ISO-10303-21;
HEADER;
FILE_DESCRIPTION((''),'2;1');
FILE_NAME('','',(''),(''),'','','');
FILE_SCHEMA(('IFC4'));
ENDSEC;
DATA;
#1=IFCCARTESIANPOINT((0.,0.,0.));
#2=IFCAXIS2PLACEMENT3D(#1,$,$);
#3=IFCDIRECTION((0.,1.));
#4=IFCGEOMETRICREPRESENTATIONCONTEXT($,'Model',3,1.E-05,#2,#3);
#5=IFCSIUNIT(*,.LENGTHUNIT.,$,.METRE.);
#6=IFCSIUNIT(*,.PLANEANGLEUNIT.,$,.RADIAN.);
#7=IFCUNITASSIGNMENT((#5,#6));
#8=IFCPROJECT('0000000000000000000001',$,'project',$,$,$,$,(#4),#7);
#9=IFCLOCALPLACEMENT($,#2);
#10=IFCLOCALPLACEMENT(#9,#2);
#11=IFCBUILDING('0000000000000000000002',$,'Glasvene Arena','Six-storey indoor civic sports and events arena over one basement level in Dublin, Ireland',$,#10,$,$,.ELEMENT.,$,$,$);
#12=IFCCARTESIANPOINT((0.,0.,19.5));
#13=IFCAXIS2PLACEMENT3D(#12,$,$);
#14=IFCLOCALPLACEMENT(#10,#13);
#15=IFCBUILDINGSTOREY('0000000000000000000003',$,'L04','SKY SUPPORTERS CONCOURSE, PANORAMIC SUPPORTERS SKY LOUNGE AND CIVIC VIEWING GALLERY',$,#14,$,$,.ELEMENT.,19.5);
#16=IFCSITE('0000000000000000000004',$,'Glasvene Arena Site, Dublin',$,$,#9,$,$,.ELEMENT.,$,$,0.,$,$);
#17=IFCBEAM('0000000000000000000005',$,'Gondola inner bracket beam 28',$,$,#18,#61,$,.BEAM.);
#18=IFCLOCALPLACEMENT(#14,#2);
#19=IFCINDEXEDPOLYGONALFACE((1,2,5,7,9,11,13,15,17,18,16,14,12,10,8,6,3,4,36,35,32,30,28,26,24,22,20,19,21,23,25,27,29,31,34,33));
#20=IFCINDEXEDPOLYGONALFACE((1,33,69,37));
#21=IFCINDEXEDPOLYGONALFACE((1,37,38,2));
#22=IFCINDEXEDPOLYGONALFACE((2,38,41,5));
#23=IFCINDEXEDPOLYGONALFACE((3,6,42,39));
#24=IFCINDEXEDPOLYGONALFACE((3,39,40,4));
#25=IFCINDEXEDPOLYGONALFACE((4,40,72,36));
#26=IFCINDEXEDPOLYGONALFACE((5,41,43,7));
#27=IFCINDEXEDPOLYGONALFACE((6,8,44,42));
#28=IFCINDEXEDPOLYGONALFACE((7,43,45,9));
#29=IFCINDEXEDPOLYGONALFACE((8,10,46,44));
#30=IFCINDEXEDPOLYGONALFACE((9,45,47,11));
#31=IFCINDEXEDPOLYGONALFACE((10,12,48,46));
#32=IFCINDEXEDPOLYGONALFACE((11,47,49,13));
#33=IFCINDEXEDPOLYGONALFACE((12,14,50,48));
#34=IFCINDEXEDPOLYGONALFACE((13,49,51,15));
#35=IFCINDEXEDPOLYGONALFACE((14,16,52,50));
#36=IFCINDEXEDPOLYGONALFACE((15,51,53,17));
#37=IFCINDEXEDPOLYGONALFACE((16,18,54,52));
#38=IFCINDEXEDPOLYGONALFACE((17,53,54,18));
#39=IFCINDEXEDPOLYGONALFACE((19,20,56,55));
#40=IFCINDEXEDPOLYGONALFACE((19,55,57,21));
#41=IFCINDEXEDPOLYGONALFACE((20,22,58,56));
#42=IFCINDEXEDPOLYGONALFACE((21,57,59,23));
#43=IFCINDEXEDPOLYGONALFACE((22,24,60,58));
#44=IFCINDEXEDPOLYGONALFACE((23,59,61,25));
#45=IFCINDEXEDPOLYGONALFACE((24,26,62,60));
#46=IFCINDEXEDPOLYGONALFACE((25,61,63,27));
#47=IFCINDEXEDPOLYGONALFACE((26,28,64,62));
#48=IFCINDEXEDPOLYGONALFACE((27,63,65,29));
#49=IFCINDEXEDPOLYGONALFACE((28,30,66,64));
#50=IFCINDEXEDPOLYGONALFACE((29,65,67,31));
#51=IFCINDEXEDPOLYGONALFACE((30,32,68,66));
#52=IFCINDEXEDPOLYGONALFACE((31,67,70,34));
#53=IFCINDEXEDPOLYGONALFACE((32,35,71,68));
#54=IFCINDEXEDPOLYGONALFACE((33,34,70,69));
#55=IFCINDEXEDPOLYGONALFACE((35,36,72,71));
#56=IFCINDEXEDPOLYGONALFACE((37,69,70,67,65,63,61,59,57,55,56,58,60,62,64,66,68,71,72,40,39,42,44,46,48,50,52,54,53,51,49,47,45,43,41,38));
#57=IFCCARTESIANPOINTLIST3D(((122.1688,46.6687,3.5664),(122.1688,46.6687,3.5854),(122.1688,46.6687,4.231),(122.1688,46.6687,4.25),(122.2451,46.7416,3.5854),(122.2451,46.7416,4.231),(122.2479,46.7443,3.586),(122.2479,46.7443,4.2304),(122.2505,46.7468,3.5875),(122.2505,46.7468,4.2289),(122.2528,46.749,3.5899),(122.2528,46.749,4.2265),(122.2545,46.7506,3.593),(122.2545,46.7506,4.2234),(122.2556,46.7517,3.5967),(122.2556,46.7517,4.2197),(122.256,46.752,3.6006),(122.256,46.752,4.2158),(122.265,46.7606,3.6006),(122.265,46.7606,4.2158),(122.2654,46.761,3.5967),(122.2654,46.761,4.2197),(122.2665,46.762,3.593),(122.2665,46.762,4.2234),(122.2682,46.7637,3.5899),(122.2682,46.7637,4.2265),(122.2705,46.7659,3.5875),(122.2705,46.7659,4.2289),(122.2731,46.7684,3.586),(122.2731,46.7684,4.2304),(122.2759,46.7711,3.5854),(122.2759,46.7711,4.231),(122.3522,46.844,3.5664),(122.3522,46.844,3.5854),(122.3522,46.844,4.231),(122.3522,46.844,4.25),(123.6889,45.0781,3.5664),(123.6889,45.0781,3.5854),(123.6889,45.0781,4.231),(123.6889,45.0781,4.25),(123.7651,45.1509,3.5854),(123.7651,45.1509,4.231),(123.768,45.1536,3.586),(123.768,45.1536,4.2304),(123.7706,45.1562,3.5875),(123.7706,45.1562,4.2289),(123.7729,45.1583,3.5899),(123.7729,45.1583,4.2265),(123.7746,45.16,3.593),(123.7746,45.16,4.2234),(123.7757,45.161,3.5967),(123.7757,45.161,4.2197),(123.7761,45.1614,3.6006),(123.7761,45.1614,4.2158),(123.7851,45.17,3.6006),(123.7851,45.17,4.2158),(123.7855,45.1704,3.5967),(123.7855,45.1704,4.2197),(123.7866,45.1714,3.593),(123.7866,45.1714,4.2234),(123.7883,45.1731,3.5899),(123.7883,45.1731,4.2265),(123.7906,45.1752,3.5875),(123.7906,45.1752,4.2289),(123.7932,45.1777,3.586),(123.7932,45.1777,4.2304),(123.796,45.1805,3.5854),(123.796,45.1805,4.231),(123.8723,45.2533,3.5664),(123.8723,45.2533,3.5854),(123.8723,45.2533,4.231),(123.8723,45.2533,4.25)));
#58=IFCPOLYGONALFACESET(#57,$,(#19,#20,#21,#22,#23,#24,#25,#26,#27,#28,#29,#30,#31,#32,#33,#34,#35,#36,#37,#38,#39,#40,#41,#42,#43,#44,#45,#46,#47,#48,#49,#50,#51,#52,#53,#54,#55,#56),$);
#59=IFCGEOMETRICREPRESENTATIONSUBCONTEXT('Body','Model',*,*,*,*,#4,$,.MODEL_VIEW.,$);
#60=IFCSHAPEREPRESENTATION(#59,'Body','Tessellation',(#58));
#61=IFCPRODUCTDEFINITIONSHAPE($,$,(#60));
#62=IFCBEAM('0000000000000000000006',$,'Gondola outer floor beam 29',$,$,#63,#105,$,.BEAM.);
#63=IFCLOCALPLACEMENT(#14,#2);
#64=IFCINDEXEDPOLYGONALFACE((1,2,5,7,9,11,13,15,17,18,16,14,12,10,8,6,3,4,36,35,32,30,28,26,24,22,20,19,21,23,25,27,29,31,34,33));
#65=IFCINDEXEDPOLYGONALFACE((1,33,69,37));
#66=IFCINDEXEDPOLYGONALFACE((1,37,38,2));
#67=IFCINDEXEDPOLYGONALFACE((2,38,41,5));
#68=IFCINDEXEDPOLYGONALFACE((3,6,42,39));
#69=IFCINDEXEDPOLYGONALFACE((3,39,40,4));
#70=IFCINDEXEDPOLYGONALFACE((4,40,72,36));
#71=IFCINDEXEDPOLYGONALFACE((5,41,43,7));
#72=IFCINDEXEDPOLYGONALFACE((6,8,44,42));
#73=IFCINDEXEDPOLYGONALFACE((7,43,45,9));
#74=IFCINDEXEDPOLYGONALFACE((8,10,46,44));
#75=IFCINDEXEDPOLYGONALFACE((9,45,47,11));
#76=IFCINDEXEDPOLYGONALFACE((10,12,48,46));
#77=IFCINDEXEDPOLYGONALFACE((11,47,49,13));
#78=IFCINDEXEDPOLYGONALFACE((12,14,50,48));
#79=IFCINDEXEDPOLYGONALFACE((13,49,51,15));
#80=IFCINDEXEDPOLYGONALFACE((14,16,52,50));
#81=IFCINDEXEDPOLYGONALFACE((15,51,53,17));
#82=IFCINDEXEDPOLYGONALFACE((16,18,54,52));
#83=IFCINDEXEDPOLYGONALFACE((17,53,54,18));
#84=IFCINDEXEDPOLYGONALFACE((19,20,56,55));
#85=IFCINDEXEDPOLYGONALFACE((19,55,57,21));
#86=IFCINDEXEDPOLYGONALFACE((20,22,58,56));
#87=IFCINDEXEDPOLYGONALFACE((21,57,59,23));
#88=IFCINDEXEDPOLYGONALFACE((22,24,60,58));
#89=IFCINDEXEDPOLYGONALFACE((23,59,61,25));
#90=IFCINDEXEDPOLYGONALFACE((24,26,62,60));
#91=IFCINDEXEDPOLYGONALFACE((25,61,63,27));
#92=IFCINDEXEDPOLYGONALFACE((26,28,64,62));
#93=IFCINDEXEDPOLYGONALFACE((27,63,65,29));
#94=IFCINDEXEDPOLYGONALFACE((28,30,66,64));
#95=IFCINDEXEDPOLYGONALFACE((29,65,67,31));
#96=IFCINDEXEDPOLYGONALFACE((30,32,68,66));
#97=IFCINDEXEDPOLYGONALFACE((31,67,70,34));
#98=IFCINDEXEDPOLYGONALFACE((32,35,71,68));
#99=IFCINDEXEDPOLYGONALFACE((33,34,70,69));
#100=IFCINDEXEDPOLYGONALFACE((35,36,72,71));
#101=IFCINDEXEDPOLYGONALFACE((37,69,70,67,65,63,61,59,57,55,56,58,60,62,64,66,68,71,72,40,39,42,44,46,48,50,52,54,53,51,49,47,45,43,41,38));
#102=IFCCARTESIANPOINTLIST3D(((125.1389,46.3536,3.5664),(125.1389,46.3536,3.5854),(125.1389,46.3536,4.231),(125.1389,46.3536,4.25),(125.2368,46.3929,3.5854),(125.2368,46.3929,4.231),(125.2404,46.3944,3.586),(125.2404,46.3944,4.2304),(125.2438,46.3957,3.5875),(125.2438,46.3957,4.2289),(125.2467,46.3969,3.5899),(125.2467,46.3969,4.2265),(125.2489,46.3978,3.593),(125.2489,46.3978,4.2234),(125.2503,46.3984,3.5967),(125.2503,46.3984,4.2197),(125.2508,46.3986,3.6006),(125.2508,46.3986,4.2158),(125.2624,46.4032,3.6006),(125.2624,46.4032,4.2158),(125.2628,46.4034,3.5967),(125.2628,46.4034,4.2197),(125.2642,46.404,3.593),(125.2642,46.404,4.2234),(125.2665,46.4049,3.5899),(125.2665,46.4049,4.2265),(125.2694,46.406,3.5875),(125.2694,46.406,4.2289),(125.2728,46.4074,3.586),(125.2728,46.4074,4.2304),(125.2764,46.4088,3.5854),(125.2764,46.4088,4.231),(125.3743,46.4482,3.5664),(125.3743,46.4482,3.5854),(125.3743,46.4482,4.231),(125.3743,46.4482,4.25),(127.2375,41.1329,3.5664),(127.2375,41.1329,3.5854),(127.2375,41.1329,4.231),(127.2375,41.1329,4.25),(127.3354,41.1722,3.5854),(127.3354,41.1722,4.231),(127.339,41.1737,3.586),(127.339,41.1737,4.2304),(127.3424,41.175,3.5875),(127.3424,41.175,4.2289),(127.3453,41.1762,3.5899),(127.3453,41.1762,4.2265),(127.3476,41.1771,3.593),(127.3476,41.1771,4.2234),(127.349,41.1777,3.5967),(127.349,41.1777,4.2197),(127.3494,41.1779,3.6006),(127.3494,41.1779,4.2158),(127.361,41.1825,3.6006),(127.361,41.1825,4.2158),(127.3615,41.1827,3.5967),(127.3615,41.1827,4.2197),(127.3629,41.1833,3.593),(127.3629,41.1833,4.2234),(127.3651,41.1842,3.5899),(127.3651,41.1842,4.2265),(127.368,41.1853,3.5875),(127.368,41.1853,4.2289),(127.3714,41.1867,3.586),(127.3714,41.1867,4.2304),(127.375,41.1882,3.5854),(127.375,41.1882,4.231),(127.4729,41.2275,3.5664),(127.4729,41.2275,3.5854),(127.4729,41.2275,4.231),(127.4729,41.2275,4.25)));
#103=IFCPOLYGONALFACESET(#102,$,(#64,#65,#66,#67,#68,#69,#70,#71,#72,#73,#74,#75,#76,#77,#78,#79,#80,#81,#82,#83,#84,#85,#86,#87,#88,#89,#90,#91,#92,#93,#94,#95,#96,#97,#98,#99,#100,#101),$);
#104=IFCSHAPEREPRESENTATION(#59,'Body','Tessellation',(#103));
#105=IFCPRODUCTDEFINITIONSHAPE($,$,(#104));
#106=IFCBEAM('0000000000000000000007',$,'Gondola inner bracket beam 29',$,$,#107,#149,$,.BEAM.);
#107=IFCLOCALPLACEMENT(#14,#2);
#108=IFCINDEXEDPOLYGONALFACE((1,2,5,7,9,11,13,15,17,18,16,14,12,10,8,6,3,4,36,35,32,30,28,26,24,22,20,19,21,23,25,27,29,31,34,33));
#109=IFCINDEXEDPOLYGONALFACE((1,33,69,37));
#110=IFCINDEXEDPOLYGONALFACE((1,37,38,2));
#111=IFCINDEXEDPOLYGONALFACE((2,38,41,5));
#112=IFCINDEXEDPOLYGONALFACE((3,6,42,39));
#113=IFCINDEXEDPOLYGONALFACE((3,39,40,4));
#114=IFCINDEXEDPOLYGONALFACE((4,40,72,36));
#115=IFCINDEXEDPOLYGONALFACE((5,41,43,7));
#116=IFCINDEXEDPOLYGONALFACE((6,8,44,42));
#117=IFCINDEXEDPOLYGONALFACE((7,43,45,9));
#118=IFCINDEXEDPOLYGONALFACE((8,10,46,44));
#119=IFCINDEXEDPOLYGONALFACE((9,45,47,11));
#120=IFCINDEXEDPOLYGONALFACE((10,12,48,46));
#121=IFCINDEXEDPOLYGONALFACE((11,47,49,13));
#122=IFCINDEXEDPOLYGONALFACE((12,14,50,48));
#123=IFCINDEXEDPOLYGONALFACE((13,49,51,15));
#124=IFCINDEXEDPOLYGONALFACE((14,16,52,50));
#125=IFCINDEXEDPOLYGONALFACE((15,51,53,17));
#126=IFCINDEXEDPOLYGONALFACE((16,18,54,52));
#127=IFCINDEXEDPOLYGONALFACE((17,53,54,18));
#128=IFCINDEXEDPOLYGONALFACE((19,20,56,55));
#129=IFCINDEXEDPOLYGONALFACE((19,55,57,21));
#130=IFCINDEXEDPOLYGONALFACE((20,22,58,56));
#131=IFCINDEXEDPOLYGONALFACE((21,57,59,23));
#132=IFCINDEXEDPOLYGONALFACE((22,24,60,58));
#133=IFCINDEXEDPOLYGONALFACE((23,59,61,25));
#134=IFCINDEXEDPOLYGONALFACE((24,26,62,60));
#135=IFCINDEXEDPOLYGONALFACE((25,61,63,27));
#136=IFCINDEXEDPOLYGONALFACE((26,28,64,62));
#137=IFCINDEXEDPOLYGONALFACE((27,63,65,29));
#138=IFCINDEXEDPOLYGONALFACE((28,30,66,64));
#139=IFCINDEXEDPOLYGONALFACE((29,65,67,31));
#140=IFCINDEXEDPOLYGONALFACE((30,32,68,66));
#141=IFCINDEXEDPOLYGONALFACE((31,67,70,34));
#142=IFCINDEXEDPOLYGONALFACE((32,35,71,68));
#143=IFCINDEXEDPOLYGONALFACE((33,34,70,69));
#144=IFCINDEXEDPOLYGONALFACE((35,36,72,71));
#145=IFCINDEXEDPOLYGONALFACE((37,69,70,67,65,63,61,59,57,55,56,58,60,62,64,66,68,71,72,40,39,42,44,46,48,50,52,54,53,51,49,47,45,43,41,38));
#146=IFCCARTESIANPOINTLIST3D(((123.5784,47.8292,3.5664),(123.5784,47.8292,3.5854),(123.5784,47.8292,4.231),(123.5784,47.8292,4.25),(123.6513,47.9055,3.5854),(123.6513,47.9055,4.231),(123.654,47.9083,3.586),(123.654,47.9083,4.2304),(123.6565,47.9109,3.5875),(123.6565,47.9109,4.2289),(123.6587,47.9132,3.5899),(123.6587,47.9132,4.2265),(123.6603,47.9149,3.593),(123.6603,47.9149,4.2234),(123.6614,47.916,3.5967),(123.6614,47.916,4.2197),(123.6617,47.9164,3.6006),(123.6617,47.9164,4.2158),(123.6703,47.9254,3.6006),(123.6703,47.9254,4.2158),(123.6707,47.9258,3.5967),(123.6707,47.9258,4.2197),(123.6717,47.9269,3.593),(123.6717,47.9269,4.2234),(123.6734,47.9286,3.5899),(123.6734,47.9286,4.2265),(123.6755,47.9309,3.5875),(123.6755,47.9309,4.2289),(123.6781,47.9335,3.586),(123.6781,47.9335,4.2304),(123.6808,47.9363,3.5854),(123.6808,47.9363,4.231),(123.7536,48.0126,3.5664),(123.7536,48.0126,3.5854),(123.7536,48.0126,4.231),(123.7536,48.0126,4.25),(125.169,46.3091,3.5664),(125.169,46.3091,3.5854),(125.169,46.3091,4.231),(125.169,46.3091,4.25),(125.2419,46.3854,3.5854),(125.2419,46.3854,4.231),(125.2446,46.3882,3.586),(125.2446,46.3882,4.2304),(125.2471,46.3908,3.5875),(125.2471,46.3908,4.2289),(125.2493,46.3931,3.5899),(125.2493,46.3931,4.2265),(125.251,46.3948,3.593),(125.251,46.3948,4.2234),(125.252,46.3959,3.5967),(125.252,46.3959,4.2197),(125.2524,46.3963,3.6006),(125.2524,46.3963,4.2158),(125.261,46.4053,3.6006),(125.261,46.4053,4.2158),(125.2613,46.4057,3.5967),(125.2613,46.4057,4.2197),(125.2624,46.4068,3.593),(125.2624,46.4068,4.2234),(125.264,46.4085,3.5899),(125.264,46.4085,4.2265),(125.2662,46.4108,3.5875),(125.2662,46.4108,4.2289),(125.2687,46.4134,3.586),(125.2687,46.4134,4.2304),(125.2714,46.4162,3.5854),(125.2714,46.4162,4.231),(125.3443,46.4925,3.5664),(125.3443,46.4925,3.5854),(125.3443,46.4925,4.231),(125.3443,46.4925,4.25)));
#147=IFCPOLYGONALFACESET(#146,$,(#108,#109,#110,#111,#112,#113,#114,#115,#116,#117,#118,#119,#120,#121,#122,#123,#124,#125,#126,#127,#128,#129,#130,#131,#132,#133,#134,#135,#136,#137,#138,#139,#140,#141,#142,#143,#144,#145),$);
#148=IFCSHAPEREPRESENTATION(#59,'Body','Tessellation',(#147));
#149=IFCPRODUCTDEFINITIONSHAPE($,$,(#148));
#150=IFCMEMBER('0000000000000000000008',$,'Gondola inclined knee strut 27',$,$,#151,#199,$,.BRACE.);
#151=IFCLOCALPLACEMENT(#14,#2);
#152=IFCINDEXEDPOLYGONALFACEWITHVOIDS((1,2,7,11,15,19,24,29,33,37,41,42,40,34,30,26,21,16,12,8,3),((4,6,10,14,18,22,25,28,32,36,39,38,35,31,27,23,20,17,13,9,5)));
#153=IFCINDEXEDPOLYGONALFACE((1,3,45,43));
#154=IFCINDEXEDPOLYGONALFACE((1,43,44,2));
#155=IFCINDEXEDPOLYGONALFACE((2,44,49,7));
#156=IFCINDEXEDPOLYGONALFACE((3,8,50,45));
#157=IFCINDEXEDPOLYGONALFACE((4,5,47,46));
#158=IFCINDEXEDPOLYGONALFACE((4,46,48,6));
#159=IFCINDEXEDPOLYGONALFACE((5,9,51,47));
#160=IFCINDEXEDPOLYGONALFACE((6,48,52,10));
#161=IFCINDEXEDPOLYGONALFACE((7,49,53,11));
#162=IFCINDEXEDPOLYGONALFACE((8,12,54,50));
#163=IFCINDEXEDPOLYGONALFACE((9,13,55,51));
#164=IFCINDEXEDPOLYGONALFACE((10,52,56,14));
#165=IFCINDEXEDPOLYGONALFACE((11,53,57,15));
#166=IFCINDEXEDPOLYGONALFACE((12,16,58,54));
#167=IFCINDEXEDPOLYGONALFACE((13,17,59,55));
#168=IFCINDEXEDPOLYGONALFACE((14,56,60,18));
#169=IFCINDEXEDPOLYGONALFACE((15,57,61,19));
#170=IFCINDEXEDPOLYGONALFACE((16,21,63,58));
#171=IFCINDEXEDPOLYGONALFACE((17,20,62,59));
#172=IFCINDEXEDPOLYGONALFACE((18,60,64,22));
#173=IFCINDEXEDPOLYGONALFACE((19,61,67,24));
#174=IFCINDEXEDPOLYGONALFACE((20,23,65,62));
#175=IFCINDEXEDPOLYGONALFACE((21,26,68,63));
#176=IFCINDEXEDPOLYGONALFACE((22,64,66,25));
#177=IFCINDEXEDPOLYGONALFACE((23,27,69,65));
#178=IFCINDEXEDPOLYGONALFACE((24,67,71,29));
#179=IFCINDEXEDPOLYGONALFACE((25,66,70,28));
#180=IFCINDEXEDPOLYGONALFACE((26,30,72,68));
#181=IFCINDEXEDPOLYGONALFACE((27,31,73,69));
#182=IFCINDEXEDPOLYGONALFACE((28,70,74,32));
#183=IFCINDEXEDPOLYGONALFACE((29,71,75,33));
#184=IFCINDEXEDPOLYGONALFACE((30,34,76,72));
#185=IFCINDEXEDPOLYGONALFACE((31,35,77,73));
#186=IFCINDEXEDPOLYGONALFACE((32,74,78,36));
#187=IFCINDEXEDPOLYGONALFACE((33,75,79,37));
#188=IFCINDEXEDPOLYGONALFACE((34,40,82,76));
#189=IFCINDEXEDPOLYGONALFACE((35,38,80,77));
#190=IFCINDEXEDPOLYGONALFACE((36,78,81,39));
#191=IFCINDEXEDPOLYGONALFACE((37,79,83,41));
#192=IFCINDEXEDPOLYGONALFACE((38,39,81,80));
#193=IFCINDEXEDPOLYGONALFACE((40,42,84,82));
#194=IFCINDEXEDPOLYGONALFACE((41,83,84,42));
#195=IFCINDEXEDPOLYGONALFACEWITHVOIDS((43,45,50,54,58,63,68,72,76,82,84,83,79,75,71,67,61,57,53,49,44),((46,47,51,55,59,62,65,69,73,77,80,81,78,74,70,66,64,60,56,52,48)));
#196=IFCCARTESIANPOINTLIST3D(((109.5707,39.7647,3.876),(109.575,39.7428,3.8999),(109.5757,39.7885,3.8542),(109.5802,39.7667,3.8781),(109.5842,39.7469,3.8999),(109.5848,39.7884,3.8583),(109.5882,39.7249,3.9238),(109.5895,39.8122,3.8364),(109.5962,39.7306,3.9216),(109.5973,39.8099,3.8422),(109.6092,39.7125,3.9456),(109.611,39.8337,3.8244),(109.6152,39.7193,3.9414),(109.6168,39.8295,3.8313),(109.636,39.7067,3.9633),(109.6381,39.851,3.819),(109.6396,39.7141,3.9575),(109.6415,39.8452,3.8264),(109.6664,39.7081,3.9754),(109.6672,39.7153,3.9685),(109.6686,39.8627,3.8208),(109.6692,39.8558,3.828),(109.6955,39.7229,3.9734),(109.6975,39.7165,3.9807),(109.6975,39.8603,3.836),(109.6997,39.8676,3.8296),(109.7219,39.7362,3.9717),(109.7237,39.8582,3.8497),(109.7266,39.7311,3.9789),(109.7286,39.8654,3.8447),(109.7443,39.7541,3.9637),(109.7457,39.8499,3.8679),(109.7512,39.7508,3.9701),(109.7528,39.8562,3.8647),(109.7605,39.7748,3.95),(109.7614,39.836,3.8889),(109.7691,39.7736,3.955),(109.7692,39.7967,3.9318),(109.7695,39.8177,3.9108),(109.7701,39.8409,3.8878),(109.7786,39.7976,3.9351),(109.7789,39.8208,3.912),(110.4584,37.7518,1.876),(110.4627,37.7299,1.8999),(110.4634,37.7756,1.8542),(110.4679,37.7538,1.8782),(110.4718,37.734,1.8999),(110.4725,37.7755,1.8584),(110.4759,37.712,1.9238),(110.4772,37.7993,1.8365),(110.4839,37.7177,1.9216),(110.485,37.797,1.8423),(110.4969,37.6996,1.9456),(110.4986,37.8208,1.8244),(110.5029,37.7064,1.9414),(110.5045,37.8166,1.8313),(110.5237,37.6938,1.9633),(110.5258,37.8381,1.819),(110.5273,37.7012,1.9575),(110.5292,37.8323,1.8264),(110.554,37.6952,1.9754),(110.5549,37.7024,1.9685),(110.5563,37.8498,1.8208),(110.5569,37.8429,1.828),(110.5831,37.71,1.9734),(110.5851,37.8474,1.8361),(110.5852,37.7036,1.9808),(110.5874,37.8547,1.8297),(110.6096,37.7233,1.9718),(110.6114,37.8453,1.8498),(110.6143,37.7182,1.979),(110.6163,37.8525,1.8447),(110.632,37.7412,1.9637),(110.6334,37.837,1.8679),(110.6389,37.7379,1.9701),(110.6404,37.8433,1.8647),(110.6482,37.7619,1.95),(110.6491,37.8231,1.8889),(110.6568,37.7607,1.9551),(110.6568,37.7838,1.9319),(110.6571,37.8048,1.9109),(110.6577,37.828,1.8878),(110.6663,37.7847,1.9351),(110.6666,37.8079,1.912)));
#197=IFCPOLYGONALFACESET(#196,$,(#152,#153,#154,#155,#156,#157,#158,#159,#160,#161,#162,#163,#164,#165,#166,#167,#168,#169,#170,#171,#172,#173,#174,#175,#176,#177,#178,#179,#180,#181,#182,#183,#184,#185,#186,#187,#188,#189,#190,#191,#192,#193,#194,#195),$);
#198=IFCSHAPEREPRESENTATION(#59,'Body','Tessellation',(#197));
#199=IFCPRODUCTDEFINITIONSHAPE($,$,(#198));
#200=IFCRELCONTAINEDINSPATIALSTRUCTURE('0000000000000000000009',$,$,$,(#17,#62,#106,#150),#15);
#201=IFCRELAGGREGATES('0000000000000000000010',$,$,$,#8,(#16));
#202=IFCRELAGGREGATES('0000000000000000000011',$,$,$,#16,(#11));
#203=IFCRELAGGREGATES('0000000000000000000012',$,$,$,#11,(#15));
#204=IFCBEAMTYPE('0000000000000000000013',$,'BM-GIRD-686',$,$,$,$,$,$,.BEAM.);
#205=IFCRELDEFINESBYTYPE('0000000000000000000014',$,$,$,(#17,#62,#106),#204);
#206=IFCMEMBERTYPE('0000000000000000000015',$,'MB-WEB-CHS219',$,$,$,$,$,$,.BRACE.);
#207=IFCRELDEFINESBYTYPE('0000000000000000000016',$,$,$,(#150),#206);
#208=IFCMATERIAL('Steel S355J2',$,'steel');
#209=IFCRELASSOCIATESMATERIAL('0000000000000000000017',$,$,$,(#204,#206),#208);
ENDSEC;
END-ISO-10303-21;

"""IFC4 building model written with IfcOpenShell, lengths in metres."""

from ifc_helpers import new_model, si_unit, direction, frame, origin, origin_2d, place, context, subcontext, project, spatial, hollow_circle, i_section, extrude, material, material_profile, profile_set, type_object, element, save


model = new_model("IFC4")

# Units and contexts
model_context = context("Model", 3, precision=1e-05, world=origin(), true_north=direction((0.0, 1.0)))
body_context = subcontext(model_context, "Body", "Model", "MODEL_VIEW")
ifc_project = project(units=[si_unit("LENGTHUNIT", "METRE"), si_unit("PLANEANGLEUNIT", "RADIAN")], contexts=[model_context])

# Site, building, storey
site_placement = place(None, origin())
site = spatial("IfcSite", under=ifc_project, at=site_placement, Name="Glasvene Arena Site, Dublin", CompositionType="ELEMENT", RefElevation=0.0)
building_placement = place(site_placement, origin())
building = spatial("IfcBuilding", under=site, at=building_placement, Name="Glasvene Arena", Description="Six-storey indoor civic sports and events arena over one basement level in Dublin, Ireland", CompositionType="ELEMENT")
storey_placement = place(building_placement, frame((0.0, 0.0, 19.5)))
storey = spatial("IfcBuildingStorey", under=building, at=storey_placement, Name="L04", Description="SKY SUPPORTERS CONCOURSE, PANORAMIC SUPPORTERS SKY LOUNGE AND CIVIC VIEWING GALLERY", CompositionType="ELEMENT", Elevation=19.5)

# Shared definitions
ifc_material_1 = material(Name="Steel S355J2", Category="steel")

# Beams
ifc_material_profile_1 = material_profile(ifc_material_1, i_section(OverallWidth=0.2537, OverallDepth=0.6836, WebThickness=0.0125, FlangeThickness=0.019, FilletRadius=0.0151, at=origin_2d()), Name="UKB 686x254x140")
ifc_profile_set_1 = profile_set([ifc_material_profile_1], Name="Steel S355J2")
beam_type_1 = type_object("IfcBeamType", Name="BM-GIRD-686", PredefinedType="BEAM", material=ifc_profile_set_1)
beam_1_placement = place(storey_placement, frame((122.2605, 46.7563, 3.9082), z_axis=(0.69089, -0.72296, 0.0), x_axis=(0.72296, 0.69089, 0.0)))
element("IfcBeam", 1, at=beam_1_placement, inside=storey, type_object=beam_type_1, Name="Gondola inner bracket beam 28", PredefinedType="BEAM", context=body_context, shape_type="SweptSolid", body=[
    extrude(i_section(OverallWidth=0.2537, OverallDepth=0.6836, WebThickness=0.0125, FlangeThickness=0.019, FilletRadius=0.0151, at=origin_2d()), origin(), (0.0, 0.0, 1.0), 2.2002),
])
beam_2_placement = place(storey_placement, frame((125.2566, 46.4009, 3.9082), z_axis=(0.372976, -0.927841, 0.0), x_axis=(0.927841, 0.372976, 0.0)))
element("IfcBeam", 2, at=beam_2_placement, inside=storey, type_object=beam_type_1, Name="Gondola outer floor beam 29", PredefinedType="BEAM", context=body_context, shape_type="SweptSolid", body=[
    extrude(i_section(OverallWidth=0.2537, OverallDepth=0.6836, WebThickness=0.0125, FlangeThickness=0.019, FilletRadius=0.0151, at=origin_2d()), origin(), (0.0, 0.0, 1.0), 5.6267),
])
beam_3_placement = place(storey_placement, frame((123.666, 47.9209, 3.9082), z_axis=(0.72296, -0.69089, 0.0), x_axis=(0.69089, 0.72296, 0.0)))
element("IfcBeam", 3, at=beam_3_placement, inside=storey, type_object=beam_type_1, Name="Gondola inner bracket beam 29", PredefinedType="BEAM", context=body_context, shape_type="SweptSolid", body=[
    extrude(i_section(OverallWidth=0.2537, OverallDepth=0.6836, WebThickness=0.0125, FlangeThickness=0.019, FilletRadius=0.0151, at=origin_2d()), origin(), (0.0, 0.0, 1.0), 2.2002),
])

# Member
ifc_material_profile_2 = material_profile(ifc_material_1, hollow_circle(Radius=0.1096, WallThickness=0.01, at=origin_2d()), Name="CHS 219.1x10.0")
ifc_profile_set_2 = profile_set([ifc_material_profile_2], Name="Steel S355J2")
member_type = type_object("IfcMemberType", Name="MB-WEB-CHS219", PredefinedType="BRACE", material=ifc_profile_set_2)
member_placement = place(storey_placement, frame((110.563, 37.7742, 1.8999), z_axis=(-0.298565, 0.677028, 0.672676), x_axis=(-0.914979, -0.403501, 0.0)))
element("IfcMember", 4, at=member_placement, inside=storey, type_object=member_type, Name="Gondola inclined knee strut 27", PredefinedType="BRACE", context=body_context, shape_type="SweptSolid", body=[
    extrude(hollow_circle(Radius=0.1096, WallThickness=0.01, at=origin_2d()), origin(), (0.0, 0.0, 1.0), 2.9731),
])

save(model, "model.ifc")
